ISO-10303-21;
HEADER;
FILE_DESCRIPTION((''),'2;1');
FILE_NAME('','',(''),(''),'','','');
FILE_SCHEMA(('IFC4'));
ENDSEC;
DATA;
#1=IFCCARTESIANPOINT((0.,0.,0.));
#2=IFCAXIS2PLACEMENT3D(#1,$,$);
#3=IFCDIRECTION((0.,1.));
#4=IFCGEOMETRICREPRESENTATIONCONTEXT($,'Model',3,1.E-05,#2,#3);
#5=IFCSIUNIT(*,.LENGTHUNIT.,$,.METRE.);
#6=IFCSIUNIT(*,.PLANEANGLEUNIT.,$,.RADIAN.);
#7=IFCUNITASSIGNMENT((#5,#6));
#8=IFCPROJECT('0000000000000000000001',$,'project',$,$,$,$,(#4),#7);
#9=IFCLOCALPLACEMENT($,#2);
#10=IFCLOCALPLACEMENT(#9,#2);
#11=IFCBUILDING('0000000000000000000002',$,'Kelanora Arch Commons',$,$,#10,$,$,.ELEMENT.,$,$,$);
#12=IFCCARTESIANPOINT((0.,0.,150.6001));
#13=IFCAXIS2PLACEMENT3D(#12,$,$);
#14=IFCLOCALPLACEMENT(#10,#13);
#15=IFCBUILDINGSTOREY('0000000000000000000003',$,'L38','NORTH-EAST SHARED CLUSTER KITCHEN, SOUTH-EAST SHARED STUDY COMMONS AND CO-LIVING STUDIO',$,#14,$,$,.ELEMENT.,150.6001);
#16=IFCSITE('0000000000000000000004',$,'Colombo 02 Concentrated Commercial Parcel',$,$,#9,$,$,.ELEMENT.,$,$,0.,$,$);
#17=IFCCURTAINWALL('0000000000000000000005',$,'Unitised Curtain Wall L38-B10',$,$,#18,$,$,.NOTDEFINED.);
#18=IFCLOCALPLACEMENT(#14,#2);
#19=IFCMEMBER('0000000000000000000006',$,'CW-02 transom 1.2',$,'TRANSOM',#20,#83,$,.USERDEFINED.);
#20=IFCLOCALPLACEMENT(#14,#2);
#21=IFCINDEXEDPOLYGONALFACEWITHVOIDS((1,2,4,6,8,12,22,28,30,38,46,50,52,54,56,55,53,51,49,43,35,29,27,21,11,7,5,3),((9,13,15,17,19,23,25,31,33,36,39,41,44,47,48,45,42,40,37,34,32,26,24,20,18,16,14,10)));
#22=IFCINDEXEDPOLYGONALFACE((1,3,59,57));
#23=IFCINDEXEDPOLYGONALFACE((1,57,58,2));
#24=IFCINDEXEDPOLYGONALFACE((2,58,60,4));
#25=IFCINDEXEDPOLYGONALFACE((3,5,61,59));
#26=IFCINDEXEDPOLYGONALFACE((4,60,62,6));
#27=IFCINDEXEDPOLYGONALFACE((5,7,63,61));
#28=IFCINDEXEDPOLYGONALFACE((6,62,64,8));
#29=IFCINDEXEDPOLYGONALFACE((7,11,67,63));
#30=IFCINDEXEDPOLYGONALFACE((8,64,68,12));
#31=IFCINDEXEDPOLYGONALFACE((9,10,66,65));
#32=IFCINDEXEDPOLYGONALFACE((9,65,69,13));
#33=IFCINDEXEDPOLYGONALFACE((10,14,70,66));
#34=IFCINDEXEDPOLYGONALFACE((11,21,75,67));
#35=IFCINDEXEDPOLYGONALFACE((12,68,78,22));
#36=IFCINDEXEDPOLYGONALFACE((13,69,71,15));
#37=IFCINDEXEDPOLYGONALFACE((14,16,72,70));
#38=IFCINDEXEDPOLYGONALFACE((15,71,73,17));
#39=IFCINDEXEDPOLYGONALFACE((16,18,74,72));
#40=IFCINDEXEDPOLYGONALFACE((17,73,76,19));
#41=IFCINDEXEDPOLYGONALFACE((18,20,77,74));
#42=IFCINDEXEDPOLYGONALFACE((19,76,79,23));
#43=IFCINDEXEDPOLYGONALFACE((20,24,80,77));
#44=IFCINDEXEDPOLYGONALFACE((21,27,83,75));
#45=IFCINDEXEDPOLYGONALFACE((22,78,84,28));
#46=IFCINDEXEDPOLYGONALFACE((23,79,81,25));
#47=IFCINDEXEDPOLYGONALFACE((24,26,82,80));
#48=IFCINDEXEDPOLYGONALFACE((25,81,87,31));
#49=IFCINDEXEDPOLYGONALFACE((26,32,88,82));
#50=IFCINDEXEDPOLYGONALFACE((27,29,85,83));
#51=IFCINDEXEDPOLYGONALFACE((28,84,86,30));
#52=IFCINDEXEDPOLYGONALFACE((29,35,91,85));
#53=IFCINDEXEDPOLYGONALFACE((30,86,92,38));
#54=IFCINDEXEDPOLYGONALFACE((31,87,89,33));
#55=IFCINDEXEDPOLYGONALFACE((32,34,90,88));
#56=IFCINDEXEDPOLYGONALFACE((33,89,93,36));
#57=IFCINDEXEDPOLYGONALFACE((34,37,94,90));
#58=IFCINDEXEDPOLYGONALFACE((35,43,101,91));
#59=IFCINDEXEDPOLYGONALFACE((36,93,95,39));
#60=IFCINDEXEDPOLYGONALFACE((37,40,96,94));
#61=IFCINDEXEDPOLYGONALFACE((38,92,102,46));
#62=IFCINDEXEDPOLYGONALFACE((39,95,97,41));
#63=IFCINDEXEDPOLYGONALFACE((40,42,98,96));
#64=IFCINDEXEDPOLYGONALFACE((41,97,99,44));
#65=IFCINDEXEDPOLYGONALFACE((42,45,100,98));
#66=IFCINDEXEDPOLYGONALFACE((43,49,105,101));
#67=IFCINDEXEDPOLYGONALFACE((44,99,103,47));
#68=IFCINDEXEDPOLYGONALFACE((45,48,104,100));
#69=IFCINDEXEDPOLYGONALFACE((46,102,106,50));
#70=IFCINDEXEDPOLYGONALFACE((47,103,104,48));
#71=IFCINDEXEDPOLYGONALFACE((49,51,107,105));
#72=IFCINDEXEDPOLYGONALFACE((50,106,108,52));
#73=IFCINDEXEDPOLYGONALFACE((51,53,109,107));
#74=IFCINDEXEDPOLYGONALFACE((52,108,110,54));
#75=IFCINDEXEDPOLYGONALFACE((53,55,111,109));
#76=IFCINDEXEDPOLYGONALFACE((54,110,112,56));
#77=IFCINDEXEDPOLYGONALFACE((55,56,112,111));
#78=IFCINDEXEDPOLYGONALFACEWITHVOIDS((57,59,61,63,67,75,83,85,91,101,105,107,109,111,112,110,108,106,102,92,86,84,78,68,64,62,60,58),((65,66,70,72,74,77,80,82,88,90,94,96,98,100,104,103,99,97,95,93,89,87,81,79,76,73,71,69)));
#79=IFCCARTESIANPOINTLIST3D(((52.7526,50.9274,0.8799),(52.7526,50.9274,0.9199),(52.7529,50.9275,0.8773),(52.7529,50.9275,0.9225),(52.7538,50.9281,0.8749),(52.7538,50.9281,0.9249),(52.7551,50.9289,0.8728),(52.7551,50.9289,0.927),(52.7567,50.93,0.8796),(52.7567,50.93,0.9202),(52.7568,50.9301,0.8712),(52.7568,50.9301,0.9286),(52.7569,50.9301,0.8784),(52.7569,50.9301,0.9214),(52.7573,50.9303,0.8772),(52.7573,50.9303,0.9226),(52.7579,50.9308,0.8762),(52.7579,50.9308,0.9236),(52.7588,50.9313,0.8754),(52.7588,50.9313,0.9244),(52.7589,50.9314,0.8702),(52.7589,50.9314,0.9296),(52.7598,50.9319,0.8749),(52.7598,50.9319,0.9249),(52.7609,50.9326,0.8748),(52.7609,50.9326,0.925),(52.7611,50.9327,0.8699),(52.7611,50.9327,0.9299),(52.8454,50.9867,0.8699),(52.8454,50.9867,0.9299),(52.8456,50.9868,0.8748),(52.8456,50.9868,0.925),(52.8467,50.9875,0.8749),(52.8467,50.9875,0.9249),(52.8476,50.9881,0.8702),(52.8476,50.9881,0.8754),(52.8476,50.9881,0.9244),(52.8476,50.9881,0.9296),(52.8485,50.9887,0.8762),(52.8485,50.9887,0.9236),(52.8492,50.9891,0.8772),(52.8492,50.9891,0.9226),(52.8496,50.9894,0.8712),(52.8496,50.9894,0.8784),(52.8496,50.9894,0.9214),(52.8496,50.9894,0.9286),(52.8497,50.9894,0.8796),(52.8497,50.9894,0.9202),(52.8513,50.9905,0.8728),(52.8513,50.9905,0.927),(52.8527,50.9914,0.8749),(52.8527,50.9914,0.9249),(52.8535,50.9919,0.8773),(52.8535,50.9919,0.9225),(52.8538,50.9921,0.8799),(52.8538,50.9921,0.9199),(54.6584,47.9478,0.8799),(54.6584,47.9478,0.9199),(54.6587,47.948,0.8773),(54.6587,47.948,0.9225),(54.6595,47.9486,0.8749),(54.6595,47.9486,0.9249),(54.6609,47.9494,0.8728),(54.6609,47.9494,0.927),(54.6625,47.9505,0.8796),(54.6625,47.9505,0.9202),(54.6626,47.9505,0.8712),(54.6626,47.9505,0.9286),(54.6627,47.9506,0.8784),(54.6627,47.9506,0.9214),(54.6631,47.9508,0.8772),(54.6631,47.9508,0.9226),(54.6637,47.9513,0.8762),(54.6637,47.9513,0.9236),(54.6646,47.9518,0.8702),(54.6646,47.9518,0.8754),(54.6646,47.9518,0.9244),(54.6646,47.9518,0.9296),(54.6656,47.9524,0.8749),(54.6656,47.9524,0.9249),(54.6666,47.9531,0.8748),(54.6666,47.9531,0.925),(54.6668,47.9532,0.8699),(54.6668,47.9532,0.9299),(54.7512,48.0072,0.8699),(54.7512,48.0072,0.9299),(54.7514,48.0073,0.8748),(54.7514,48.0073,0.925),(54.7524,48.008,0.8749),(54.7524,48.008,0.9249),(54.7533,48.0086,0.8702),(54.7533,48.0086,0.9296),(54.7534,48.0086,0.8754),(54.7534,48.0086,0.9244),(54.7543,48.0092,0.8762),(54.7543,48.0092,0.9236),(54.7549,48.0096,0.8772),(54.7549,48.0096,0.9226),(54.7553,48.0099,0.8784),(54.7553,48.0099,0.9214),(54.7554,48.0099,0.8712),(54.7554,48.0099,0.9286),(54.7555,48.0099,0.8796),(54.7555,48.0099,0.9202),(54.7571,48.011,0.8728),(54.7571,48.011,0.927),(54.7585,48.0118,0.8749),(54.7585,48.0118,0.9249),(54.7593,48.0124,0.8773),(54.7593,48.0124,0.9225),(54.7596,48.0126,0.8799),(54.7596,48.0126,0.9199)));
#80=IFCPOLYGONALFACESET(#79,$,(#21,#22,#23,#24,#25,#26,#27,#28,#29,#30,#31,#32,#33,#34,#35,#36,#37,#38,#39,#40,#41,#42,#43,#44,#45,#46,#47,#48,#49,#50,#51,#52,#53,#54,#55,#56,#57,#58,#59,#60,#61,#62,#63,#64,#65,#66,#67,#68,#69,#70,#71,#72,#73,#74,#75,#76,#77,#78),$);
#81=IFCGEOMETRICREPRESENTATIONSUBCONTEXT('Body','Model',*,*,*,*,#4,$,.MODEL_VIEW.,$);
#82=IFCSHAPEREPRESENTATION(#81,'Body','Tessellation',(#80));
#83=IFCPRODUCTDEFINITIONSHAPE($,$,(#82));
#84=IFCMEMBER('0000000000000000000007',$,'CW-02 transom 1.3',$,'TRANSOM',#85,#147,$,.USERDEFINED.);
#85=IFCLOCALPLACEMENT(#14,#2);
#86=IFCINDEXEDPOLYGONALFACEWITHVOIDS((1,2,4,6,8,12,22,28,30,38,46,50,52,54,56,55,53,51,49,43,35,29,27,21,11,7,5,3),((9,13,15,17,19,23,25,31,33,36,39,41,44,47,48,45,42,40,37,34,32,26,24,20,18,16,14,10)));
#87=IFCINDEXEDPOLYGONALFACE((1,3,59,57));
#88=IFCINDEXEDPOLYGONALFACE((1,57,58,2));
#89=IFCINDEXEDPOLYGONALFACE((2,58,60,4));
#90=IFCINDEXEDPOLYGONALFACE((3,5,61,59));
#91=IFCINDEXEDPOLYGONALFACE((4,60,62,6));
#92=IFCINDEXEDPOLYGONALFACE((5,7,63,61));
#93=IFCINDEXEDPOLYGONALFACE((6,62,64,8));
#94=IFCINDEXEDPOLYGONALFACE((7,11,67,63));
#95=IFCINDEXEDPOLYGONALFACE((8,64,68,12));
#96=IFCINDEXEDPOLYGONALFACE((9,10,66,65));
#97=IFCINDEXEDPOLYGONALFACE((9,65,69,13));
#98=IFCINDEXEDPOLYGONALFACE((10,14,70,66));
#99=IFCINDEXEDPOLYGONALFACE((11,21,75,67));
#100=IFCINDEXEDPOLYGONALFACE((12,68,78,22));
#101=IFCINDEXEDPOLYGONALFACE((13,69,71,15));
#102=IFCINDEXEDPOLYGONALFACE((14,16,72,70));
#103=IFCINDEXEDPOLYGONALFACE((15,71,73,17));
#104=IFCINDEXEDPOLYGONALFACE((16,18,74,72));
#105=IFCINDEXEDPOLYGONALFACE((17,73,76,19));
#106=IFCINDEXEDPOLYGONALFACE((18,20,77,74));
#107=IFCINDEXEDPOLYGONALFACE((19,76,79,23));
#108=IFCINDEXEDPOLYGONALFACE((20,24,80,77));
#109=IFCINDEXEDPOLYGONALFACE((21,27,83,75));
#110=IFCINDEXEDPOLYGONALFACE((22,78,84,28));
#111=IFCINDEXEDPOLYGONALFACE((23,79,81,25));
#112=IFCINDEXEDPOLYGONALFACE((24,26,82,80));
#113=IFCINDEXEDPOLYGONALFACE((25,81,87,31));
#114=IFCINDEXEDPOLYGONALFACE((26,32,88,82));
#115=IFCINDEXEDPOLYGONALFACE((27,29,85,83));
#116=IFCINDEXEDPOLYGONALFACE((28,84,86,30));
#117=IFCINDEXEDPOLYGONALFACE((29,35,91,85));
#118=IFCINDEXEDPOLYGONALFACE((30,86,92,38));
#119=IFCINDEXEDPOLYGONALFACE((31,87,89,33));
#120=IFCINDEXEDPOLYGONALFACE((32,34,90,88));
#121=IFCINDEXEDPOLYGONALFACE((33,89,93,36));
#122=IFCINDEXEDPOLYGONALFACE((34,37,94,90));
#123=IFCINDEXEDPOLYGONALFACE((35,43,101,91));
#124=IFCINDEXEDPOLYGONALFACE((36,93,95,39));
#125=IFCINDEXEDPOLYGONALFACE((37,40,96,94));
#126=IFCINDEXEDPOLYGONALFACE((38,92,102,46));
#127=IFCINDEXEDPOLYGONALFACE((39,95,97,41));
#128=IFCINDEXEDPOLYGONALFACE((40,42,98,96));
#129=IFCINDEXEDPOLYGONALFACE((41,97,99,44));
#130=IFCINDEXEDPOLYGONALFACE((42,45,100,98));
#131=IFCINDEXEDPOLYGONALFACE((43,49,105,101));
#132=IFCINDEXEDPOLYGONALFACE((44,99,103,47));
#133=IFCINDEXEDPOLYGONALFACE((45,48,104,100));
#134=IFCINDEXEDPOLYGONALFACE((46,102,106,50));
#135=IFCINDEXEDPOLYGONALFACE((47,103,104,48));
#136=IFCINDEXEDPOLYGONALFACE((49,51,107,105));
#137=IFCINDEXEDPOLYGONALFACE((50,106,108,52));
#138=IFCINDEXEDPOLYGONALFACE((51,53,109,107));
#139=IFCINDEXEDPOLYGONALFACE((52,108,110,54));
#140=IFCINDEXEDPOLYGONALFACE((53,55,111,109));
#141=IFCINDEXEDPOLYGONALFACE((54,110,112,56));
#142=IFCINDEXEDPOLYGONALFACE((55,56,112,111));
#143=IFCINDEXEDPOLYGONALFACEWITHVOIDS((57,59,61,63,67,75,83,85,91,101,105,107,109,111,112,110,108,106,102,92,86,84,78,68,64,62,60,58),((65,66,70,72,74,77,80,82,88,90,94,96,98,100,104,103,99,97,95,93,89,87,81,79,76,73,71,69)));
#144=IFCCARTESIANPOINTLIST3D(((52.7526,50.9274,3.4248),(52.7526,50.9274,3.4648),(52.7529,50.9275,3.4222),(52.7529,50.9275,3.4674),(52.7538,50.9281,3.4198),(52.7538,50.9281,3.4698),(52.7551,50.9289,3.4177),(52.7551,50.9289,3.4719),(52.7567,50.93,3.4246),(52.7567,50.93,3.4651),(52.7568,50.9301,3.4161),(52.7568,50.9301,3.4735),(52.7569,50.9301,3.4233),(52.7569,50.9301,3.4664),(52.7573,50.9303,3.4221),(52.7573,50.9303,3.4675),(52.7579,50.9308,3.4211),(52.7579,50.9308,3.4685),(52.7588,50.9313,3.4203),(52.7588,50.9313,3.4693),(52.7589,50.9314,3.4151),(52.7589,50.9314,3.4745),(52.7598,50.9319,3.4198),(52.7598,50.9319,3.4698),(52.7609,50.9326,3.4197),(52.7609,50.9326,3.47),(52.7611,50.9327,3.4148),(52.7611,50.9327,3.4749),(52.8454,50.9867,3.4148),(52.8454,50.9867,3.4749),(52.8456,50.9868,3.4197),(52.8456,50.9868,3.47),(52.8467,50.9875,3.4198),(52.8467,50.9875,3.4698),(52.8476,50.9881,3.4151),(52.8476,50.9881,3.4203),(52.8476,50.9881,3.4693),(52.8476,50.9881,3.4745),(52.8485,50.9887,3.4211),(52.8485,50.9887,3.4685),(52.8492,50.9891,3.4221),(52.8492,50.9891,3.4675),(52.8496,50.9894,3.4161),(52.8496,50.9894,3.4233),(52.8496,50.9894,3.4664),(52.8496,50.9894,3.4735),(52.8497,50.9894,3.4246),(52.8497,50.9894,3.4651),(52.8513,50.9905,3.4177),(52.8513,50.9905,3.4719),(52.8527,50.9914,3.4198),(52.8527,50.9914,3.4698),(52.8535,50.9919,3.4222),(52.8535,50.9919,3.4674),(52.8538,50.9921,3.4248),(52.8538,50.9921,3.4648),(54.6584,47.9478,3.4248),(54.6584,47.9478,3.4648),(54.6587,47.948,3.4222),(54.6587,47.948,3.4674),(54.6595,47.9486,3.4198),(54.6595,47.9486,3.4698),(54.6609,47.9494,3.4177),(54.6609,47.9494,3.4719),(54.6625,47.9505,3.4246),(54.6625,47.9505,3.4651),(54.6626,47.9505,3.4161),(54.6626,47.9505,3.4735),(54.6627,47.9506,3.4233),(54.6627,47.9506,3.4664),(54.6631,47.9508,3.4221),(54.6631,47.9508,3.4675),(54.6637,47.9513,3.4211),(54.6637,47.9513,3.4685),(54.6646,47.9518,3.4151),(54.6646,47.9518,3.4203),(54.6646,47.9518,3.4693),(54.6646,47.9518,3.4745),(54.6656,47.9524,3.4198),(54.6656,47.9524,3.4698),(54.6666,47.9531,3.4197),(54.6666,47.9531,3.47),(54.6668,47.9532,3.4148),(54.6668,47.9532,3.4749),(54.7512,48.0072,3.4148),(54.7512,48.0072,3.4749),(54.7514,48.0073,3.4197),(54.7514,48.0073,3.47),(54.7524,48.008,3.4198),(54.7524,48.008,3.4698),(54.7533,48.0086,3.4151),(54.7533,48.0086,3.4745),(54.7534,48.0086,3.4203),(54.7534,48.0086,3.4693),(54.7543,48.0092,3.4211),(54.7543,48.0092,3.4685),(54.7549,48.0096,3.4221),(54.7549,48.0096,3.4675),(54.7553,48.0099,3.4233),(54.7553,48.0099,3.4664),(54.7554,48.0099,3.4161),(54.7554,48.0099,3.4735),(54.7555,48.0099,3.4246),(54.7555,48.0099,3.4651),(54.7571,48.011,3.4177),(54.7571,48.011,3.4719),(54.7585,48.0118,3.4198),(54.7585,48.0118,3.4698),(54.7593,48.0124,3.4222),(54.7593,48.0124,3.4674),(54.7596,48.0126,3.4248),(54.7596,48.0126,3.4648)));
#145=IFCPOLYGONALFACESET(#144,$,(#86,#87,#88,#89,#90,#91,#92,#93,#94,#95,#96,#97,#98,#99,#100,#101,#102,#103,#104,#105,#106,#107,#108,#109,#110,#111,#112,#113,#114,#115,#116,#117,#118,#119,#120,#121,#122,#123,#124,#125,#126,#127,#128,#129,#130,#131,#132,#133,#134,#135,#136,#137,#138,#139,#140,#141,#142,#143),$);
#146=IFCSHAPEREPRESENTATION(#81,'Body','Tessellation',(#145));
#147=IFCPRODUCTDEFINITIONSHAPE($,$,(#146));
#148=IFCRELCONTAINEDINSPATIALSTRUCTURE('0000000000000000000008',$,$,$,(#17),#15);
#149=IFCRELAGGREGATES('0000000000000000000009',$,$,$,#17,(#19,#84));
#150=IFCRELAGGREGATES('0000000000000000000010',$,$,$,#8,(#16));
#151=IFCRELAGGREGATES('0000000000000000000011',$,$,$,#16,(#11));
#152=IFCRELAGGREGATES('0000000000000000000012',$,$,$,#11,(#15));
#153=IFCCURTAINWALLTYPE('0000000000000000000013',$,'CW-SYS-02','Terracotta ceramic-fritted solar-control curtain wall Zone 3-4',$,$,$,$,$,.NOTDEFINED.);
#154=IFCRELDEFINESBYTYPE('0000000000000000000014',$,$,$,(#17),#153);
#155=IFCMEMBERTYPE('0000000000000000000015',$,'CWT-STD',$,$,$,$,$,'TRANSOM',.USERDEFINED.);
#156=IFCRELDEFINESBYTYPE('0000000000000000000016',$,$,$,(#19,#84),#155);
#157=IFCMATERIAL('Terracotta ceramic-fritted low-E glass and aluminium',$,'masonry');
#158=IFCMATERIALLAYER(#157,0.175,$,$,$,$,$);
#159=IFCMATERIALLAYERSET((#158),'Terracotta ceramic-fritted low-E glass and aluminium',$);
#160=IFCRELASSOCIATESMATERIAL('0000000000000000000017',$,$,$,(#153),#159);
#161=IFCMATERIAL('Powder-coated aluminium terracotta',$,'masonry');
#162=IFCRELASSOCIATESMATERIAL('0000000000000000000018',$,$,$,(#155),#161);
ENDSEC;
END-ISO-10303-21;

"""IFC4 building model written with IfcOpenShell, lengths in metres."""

from ifc_helpers import new_model, si_unit, direction, frame, origin, origin_2d, place, context, subcontext, project, spatial, hollow_rectangle, extrude, material, layer, layer_set, material_profile, profile_set, type_object, element, aggregate, save


model = new_model("IFC4")

# Units and contexts
model_context = context("Model", 3, precision=1e-05, world=origin(), true_north=direction((0.0, 1.0)))
body_context = subcontext(model_context, "Body", "Model", "MODEL_VIEW")
ifc_project = project(units=[si_unit("LENGTHUNIT", "METRE"), si_unit("PLANEANGLEUNIT", "RADIAN")], contexts=[model_context])

# Site, building, storey
site_placement = place(None, origin())
site = spatial("IfcSite", under=ifc_project, at=site_placement, Name="Colombo 02 Concentrated Commercial Parcel", CompositionType="ELEMENT", RefElevation=0.0)
building_placement = place(site_placement, origin())
building = spatial("IfcBuilding", under=site, at=building_placement, Name="Kelanora Arch Commons", CompositionType="ELEMENT")
storey_placement = place(building_placement, frame((0.0, 0.0, 150.6001)))
storey = spatial("IfcBuildingStorey", under=building, at=storey_placement, Name="L38", Description="NORTH-EAST SHARED CLUSTER KITCHEN, SOUTH-EAST SHARED STUDY COMMONS AND CO-LIVING STUDIO", CompositionType="ELEMENT", Elevation=150.6001)

# Shared definitions
ifc_material_1 = material(Name="Terracotta ceramic-fritted low-E glass and aluminium", Category="masonry")
ifc_layer_1 = layer(ifc_material_1, 0.175)
ifc_layer_set_1 = layer_set([ifc_layer_1], Name="Terracotta ceramic-fritted low-E glass and aluminium")
curtain_wall_type = type_object("IfcCurtainWallType", Name="CW-SYS-02", Description="Terracotta ceramic-fritted solar-control curtain wall Zone 3-4", PredefinedType="NOTDEFINED", material=ifc_layer_set_1)
ifc_material_2 = material(Name="Powder-coated aluminium terracotta", Category="masonry")

# Curtain wall, members
curtain_wall_1_placement = place(storey_placement, origin())
curtain_wall_1 = element("IfcCurtainWall", 1, at=curtain_wall_1_placement, inside=storey, type_object=curtain_wall_type, Name="Unitised Curtain Wall L38-B10", PredefinedType="NOTDEFINED")
ifc_material_profile_1 = material_profile(ifc_material_2, hollow_rectangle(XDim=0.1201, YDim=0.0601, WallThickness=0.0049, InnerFilletRadius=0.0049, OuterFilletRadius=0.01, at=origin_2d()), Name="CWT120x60")
ifc_profile_set_1 = profile_set([ifc_material_profile_1], Name="Powder-coated aluminium terracotta")
member_type_1 = type_object("IfcMemberType", Name="CWT-STD", ElementType="TRANSOM", PredefinedType="USERDEFINED", material=ifc_profile_set_1)
member_1_placement = place(storey_placement, frame((52.8032, 50.9597, 0.8999), z_axis=(0.53883, -0.842414, 0.0), x_axis=(0.842414, 0.53883, 0.0)))
member_1 = element("IfcMember", 2, at=member_1_placement, type_object=member_type_1, Name="CW-02 transom 1.2", ObjectType="TRANSOM", PredefinedType="USERDEFINED", context=body_context, shape_type="SweptSolid", body=[
    extrude(hollow_rectangle(XDim=0.1201, YDim=0.0601, WallThickness=0.0049, InnerFilletRadius=0.0049, OuterFilletRadius=0.01, at=origin_2d()), origin(), (0.0, 0.0, 1.0), 3.5369),
])
member_2_placement = place(storey_placement, frame((52.8032, 50.9597, 3.4448), z_axis=(0.53883, -0.842414, 0.0), x_axis=(0.842414, 0.53883, 0.0)))
member_2 = element("IfcMember", 3, at=member_2_placement, type_object=member_type_1, Name="CW-02 transom 1.3", ObjectType="TRANSOM", PredefinedType="USERDEFINED", context=body_context, shape_type="SweptSolid", body=[
    extrude(hollow_rectangle(XDim=0.1201, YDim=0.0601, WallThickness=0.0049, InnerFilletRadius=0.0049, OuterFilletRadius=0.01, at=origin_2d()), origin(), (0.0, 0.0, 1.0), 3.5369),
])

aggregate(curtain_wall_1, [member_1, member_2])

save(model, "model.ifc")
